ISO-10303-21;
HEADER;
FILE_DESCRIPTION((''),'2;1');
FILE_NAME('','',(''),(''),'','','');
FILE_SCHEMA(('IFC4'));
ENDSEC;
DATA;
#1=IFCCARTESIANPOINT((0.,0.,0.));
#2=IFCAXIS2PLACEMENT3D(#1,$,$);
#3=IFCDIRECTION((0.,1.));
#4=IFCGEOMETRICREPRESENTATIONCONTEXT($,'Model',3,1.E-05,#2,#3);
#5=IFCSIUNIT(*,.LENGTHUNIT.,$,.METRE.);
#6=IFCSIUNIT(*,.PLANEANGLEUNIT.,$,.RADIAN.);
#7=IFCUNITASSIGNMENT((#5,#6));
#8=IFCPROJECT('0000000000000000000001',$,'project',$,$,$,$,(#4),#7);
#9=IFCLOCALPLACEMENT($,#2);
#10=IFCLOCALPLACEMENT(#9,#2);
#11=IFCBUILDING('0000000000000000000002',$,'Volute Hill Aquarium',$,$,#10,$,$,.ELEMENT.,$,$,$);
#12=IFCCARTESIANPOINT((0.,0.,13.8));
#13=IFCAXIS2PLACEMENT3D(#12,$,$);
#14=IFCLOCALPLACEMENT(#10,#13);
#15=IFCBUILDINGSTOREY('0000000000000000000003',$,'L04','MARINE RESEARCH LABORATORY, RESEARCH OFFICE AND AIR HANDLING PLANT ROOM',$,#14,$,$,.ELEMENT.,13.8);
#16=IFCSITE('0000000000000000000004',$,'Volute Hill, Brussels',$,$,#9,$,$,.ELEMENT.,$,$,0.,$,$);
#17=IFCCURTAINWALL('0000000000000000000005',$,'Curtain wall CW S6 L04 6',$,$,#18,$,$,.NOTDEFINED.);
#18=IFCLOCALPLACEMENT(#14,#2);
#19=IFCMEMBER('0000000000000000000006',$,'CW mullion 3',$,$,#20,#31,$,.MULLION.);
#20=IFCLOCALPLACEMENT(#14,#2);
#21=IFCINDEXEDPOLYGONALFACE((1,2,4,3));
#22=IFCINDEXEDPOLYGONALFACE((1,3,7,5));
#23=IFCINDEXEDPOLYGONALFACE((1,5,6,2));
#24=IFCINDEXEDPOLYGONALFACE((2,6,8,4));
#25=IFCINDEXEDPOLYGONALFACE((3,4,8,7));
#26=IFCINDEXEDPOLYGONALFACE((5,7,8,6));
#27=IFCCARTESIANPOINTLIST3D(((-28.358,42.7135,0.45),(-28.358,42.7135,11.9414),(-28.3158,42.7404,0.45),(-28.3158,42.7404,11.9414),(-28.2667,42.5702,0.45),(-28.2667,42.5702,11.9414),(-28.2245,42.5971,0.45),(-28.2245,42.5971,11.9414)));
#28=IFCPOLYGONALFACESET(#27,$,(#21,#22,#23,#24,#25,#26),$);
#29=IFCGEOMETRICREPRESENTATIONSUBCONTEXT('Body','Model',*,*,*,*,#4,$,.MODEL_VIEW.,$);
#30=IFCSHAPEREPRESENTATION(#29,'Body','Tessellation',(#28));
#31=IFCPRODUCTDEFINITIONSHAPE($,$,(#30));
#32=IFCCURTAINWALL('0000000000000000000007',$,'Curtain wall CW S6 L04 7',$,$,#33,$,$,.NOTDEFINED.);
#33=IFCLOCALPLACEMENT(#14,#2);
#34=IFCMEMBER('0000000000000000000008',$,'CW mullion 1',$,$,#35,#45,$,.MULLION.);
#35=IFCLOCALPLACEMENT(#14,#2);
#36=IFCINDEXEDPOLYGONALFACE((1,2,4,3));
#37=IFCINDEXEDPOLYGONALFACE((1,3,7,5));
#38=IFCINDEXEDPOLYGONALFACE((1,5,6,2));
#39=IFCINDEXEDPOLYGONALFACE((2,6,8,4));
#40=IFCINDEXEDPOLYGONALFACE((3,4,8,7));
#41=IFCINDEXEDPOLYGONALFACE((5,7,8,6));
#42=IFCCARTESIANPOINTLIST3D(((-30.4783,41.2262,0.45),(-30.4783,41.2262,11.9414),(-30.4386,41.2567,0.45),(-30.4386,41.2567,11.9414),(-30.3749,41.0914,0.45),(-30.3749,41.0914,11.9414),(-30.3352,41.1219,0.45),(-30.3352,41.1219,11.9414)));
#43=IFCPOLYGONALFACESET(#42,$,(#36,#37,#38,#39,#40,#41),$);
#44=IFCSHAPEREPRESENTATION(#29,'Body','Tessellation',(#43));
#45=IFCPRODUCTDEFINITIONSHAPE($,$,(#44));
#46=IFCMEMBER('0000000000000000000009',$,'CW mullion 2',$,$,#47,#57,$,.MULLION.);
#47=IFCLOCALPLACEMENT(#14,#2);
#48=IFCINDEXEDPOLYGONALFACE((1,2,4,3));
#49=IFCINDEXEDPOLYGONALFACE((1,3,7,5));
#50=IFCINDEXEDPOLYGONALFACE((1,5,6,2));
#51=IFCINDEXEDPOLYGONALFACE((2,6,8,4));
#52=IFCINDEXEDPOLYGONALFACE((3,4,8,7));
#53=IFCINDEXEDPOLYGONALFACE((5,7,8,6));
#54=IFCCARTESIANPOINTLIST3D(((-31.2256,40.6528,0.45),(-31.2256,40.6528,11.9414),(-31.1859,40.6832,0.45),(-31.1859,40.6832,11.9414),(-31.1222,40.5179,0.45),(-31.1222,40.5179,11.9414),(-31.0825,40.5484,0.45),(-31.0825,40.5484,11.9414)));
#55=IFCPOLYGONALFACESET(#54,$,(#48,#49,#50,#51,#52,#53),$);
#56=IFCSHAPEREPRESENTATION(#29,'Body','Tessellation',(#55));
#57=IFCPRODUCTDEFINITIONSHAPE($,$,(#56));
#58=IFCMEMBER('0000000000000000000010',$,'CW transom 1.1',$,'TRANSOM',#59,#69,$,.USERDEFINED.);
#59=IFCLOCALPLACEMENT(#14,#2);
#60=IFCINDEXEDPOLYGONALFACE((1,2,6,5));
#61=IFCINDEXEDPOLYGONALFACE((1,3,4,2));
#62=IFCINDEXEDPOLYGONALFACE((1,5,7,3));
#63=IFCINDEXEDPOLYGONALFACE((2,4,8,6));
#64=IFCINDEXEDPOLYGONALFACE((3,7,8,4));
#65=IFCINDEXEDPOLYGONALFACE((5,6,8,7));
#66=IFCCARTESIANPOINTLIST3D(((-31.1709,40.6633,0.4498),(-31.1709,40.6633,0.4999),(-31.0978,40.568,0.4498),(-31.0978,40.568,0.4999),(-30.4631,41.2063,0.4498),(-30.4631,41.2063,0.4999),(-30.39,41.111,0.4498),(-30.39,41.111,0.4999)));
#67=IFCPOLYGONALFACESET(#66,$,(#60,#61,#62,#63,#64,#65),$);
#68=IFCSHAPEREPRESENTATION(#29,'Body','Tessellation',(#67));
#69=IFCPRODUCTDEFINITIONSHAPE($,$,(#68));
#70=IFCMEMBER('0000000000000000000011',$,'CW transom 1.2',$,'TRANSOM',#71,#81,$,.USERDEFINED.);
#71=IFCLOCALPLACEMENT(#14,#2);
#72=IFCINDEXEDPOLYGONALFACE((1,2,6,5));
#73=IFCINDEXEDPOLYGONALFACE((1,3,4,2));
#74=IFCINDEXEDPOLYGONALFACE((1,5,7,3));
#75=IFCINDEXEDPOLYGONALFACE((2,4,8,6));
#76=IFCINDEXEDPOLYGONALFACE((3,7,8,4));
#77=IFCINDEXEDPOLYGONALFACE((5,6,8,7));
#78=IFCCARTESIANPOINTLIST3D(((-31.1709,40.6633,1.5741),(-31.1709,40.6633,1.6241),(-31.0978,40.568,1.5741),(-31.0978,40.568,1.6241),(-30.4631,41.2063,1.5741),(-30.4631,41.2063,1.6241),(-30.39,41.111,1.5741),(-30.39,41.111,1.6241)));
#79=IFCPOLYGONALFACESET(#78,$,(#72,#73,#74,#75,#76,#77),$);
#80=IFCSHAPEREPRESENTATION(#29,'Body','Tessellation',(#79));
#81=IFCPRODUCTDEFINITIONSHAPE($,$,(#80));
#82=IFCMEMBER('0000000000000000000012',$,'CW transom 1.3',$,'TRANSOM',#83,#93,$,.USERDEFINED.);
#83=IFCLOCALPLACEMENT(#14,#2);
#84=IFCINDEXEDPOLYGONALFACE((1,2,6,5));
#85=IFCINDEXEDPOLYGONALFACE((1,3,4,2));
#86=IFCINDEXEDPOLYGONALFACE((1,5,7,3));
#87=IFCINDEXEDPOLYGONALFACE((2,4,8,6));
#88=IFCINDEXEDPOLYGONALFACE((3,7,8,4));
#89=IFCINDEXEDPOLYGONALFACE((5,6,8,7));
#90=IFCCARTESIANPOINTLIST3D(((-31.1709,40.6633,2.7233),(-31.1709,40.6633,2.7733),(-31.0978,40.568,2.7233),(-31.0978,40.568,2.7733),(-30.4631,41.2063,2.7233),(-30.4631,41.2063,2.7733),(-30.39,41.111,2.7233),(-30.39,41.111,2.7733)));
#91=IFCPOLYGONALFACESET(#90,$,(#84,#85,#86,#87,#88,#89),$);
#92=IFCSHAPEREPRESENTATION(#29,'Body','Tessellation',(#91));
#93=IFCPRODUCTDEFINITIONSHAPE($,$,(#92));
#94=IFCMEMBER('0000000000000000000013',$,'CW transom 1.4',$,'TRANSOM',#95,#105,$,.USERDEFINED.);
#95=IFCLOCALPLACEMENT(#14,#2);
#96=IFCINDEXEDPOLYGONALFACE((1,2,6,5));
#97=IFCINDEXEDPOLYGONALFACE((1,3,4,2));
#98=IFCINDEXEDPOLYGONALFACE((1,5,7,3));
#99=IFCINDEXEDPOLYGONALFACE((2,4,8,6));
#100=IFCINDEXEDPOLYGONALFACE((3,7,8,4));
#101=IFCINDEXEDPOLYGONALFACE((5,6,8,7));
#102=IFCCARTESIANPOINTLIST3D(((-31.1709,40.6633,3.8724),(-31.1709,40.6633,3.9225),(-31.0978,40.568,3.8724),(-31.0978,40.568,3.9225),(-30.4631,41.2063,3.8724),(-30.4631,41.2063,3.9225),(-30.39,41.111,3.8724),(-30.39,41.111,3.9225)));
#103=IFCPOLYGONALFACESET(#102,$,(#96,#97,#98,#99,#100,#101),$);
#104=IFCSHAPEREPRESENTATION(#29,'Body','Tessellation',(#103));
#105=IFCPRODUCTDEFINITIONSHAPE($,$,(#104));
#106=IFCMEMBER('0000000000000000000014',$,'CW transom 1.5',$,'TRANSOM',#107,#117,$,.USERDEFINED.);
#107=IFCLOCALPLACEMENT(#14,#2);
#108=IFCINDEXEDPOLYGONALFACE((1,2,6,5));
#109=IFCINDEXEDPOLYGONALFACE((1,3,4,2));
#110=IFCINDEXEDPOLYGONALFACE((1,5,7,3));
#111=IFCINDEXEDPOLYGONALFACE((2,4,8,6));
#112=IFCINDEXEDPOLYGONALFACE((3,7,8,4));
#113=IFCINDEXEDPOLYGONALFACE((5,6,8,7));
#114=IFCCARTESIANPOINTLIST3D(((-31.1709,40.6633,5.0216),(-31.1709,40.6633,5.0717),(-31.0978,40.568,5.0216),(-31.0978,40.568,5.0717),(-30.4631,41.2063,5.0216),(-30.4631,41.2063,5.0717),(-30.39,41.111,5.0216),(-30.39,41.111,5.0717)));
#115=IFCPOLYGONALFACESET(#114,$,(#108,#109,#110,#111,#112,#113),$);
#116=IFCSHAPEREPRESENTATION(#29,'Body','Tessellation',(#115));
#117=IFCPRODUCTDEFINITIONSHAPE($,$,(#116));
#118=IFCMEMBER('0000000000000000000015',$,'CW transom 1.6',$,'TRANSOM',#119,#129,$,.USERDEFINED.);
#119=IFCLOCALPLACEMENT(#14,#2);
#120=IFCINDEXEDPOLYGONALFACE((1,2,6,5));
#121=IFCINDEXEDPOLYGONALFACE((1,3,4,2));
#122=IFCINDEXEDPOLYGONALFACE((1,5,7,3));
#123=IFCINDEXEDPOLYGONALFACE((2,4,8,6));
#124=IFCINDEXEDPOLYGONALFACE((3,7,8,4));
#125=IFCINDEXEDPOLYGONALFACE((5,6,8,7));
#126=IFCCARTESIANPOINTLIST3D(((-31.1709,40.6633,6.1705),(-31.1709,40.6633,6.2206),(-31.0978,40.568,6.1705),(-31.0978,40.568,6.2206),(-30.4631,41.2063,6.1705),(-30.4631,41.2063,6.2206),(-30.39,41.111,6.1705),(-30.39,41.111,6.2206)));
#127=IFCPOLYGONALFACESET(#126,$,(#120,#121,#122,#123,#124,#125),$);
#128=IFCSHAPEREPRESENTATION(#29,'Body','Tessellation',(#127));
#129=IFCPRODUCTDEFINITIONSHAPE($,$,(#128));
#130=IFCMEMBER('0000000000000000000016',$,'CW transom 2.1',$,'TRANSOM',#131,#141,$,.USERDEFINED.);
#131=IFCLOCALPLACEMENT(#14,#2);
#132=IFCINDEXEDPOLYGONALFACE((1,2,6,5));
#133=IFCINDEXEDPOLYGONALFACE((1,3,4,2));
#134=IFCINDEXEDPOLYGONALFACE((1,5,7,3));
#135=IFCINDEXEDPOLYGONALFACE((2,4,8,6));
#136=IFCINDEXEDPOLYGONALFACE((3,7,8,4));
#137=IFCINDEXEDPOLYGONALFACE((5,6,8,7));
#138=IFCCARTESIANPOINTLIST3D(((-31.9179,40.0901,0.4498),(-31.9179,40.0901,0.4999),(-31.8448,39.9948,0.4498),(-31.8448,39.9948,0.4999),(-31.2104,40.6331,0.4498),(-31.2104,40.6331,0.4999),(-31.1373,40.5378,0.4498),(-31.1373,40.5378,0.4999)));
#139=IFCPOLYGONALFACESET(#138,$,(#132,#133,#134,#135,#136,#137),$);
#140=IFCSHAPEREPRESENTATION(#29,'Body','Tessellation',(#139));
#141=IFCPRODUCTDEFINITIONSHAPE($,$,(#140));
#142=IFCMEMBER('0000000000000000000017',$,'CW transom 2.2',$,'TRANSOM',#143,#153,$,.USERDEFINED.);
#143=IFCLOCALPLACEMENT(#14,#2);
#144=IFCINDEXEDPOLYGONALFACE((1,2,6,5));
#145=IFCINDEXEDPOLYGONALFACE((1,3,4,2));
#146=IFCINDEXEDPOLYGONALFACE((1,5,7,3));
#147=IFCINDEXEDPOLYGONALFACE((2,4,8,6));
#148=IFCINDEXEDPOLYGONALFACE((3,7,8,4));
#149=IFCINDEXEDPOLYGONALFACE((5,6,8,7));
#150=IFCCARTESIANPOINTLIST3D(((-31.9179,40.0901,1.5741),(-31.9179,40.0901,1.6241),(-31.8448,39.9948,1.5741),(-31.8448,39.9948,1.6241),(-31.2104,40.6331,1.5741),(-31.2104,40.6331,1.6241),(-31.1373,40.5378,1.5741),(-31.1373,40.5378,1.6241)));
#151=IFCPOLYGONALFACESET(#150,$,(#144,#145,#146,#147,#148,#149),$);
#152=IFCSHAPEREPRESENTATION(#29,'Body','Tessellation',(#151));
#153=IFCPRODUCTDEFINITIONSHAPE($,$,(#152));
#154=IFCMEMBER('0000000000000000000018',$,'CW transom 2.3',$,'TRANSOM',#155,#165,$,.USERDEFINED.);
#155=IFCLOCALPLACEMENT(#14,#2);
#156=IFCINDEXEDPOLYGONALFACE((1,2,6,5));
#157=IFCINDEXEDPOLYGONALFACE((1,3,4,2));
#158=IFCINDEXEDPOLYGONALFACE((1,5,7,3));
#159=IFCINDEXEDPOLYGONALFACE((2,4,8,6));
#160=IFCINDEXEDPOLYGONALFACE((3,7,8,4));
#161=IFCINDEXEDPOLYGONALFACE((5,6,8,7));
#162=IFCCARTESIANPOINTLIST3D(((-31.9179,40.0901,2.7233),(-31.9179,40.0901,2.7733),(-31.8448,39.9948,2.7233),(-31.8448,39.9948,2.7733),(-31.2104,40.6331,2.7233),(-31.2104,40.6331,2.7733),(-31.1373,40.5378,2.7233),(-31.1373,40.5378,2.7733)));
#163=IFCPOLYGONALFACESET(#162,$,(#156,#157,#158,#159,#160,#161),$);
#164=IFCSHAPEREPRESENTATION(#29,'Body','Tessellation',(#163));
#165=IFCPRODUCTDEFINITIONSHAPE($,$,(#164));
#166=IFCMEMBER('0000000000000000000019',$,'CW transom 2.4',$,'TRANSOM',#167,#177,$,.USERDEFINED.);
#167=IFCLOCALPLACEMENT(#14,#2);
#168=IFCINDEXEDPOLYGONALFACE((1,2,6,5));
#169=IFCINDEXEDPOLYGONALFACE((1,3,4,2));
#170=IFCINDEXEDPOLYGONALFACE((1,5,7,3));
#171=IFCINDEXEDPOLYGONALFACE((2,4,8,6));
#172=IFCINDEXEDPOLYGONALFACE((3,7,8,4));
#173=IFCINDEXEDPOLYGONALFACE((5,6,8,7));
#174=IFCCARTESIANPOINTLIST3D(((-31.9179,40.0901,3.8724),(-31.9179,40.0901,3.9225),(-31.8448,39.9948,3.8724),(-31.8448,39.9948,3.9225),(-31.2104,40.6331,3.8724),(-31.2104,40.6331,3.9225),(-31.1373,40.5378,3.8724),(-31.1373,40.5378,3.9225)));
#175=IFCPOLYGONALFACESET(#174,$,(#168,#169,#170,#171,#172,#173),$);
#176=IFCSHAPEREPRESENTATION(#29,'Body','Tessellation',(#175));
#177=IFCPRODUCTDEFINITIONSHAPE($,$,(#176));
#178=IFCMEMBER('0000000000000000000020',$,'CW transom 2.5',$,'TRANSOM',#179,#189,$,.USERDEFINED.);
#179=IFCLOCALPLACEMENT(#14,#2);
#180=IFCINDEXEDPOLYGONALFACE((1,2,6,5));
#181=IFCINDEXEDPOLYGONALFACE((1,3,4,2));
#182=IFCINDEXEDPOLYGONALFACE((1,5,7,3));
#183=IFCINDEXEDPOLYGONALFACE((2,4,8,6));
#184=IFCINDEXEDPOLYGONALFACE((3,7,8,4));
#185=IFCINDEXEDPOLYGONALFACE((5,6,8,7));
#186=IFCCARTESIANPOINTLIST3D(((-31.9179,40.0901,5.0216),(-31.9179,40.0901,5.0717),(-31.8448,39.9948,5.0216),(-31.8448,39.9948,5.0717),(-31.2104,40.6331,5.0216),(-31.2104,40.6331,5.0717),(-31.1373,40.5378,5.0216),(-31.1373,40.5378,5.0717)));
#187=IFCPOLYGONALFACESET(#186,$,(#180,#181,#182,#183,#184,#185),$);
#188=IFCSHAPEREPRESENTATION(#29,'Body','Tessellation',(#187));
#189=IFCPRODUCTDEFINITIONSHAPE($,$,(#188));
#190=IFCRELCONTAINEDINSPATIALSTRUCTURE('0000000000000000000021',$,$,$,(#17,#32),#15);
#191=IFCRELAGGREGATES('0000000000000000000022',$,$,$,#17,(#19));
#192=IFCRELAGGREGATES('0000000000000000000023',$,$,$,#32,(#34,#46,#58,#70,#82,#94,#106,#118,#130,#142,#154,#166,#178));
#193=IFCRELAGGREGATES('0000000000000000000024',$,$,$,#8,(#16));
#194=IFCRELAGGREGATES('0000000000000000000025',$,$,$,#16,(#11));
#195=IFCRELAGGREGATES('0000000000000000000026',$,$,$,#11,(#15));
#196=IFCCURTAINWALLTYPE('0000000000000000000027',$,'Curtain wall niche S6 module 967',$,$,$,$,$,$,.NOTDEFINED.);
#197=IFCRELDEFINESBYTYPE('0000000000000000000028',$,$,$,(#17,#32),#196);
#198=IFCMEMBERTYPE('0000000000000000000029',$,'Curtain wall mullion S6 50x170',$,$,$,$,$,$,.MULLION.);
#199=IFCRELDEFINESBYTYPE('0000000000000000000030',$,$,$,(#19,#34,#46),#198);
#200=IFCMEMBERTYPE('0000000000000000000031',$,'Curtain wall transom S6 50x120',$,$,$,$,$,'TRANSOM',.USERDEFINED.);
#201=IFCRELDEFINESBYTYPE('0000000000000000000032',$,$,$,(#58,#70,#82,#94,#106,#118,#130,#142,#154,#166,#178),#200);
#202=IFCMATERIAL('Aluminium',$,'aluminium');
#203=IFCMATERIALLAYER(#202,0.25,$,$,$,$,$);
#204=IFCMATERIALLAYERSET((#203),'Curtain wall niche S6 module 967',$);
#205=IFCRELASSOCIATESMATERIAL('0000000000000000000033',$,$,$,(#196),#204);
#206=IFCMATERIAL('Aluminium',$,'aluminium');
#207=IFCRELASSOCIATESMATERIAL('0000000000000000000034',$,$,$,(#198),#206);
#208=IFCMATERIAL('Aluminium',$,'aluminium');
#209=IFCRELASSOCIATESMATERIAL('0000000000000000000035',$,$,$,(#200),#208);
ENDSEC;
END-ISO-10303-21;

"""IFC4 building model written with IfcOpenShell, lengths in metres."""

from ifc_helpers import new_model, si_unit, direction, frame, origin, origin_2d, place, context, subcontext, project, spatial, rectangle, extrude, material, layer, layer_set, material_profile, profile_set, type_object, element, aggregate, save


model = new_model("IFC4")

# Units and contexts
model_context = context("Model", 3, precision=1e-05, world=origin(), true_north=direction((0.0, 1.0)))
body_context = subcontext(model_context, "Body", "Model", "MODEL_VIEW")
ifc_project = project(units=[si_unit("LENGTHUNIT", "METRE"), si_unit("PLANEANGLEUNIT", "RADIAN")], contexts=[model_context])

# Site, building, storey
site_placement = place(None, origin())
site = spatial("IfcSite", under=ifc_project, at=site_placement, Name="Volute Hill, Brussels", CompositionType="ELEMENT", RefElevation=0.0)
building_placement = place(site_placement, origin())
building = spatial("IfcBuilding", under=site, at=building_placement, Name="Volute Hill Aquarium", CompositionType="ELEMENT")
storey_placement = place(building_placement, frame((0.0, 0.0, 13.8)))
storey = spatial("IfcBuildingStorey", under=building, at=storey_placement, Name="L04", Description="MARINE RESEARCH LABORATORY, RESEARCH OFFICE AND AIR HANDLING PLANT ROOM", CompositionType="ELEMENT", Elevation=13.8)

# Curtain wall, member
ifc_material_1 = material(Name="Aluminium", Category="aluminium")
ifc_layer_1 = layer(ifc_material_1, 0.25)
ifc_layer_set_1 = layer_set([ifc_layer_1], Name="Curtain wall niche S6 module 967")
curtain_wall_type = type_object("IfcCurtainWallType", Name="Curtain wall niche S6 module 967", PredefinedType="NOTDEFINED", material=ifc_layer_set_1)
curtain_wall_1_placement = place(storey_placement, origin())
curtain_wall_1 = element("IfcCurtainWall", 1, at=curtain_wall_1_placement, inside=storey, type_object=curtain_wall_type, Name="Curtain wall CW S6 L04 6", PredefinedType="NOTDEFINED")
ifc_material_2 = material(Name="Aluminium", Category="aluminium")
ifc_material_profile_1 = material_profile(ifc_material_2, rectangle(XDim=0.1699, YDim=0.05, at=origin_2d()), Name="Curtain wall mullion S6 50x170")
ifc_profile_set_1 = profile_set([ifc_material_profile_1], Name="Aluminium")
member_type_1 = type_object("IfcMemberType", Name="Curtain wall mullion S6 50x170", PredefinedType="MULLION", material=ifc_profile_set_1)
member_1_placement = place(storey_placement, frame((-28.2913, 42.6553, 0.45), z_axis=(0.0, 0.0, 1.0), x_axis=(0.537295, -0.843395, 0.0)))
member_1 = element("IfcMember", 2, at=member_1_placement, type_object=member_type_1, Name="CW mullion 3", PredefinedType="MULLION", context=body_context, shape_type="SweptSolid", body=[
    extrude(rectangle(XDim=0.1699, YDim=0.05, at=origin_2d()), origin(), (0.0, 0.0, 1.0), 11.4915),
])

# Curtain wall, members
curtain_wall_2_placement = place(storey_placement, origin())
curtain_wall_2 = element("IfcCurtainWall", 3, at=curtain_wall_2_placement, inside=storey, type_object=curtain_wall_type, Name="Curtain wall CW S6 L04 7", PredefinedType="NOTDEFINED")
member_2_placement = place(storey_placement, frame((-30.4067, 41.1741, 0.45), z_axis=(0.0, 0.0, 1.0), x_axis=(0.608769, -0.793348, 0.0)))
member_2 = element("IfcMember", 4, at=member_2_placement, type_object=member_type_1, Name="CW mullion 1", PredefinedType="MULLION", context=body_context, shape_type="SweptSolid", body=[
    extrude(rectangle(XDim=0.1699, YDim=0.05, at=origin_2d()), origin(), (0.0, 0.0, 1.0), 11.4915),
])
member_3_placement = place(storey_placement, frame((-31.1541, 40.6006, 0.45), z_axis=(0.0, 0.0, 1.0), x_axis=(0.608769, -0.793348, 0.0)))
member_3 = element("IfcMember", 5, at=member_3_placement, type_object=member_type_1, Name="CW mullion 2", PredefinedType="MULLION", context=body_context, shape_type="SweptSolid", body=[
    extrude(rectangle(XDim=0.1699, YDim=0.05, at=origin_2d()), origin(), (0.0, 0.0, 1.0), 11.4915),
])
ifc_material_3 = material(Name="Aluminium", Category="aluminium")
ifc_material_profile_2 = material_profile(ifc_material_3, rectangle(XDim=0.1201, YDim=0.05, at=origin_2d()), Name="Curtain wall transom S6 50x120")
ifc_profile_set_2 = profile_set([ifc_material_profile_2], Name="Aluminium")
member_type_2 = type_object("IfcMemberType", Name="Curtain wall transom S6 50x120", ElementType="TRANSOM", PredefinedType="USERDEFINED", material=ifc_profile_set_2)
member_4_placement = place(storey_placement, frame((-30.4265, 41.1587, 0.4749), z_axis=(-0.793417, -0.608679, 0.0), x_axis=(0.608679, -0.793417, 0.0)))
member_4 = element("IfcMember", 6, at=member_4_placement, type_object=member_type_2, Name="CW transom 1.1", ObjectType="TRANSOM", PredefinedType="USERDEFINED", context=body_context, shape_type="SweptSolid", body=[
    extrude(rectangle(XDim=0.1201, YDim=0.05, at=origin_2d()), origin(), (0.0, 0.0, 1.0), 0.8921),
])
member_5_placement = place(storey_placement, frame((-30.4265, 41.1587, 1.5991), z_axis=(-0.793417, -0.608679, 0.0), x_axis=(0.608679, -0.793417, 0.0)))
member_5 = element("IfcMember", 7, at=member_5_placement, type_object=member_type_2, Name="CW transom 1.2", ObjectType="TRANSOM", PredefinedType="USERDEFINED", context=body_context, shape_type="SweptSolid", body=[
    extrude(rectangle(XDim=0.1201, YDim=0.05, at=origin_2d()), origin(), (0.0, 0.0, 1.0), 0.8921),
])
member_6_placement = place(storey_placement, frame((-30.4265, 41.1587, 2.7483), z_axis=(-0.793417, -0.608679, 0.0), x_axis=(0.608679, -0.793417, 0.0)))
member_6 = element("IfcMember", 8, at=member_6_placement, type_object=member_type_2, Name="CW transom 1.3", ObjectType="TRANSOM", PredefinedType="USERDEFINED", context=body_context, shape_type="SweptSolid", body=[
    extrude(rectangle(XDim=0.1201, YDim=0.05, at=origin_2d()), origin(), (0.0, 0.0, 1.0), 0.8921),
])
member_7_placement = place(storey_placement, frame((-30.4265, 41.1587, 3.8975), z_axis=(-0.793417, -0.608679, 0.0), x_axis=(0.608679, -0.793417, 0.0)))
member_7 = element("IfcMember", 9, at=member_7_placement, type_object=member_type_2, Name="CW transom 1.4", ObjectType="TRANSOM", PredefinedType="USERDEFINED", context=body_context, shape_type="SweptSolid", body=[
    extrude(rectangle(XDim=0.1201, YDim=0.05, at=origin_2d()), origin(), (0.0, 0.0, 1.0), 0.8921),
])
member_8_placement = place(storey_placement, frame((-30.4265, 41.1587, 5.0466), z_axis=(-0.793417, -0.608679, 0.0), x_axis=(0.608679, -0.793417, 0.0)))
member_8 = element("IfcMember", 10, at=member_8_placement, type_object=member_type_2, Name="CW transom 1.5", ObjectType="TRANSOM", PredefinedType="USERDEFINED", context=body_context, shape_type="SweptSolid", body=[
    extrude(rectangle(XDim=0.1201, YDim=0.05, at=origin_2d()), origin(), (0.0, 0.0, 1.0), 0.8921),
])
member_9_placement = place(storey_placement, frame((-30.4265, 41.1587, 6.1956), z_axis=(-0.793417, -0.608679, 0.0), x_axis=(0.608679, -0.793417, 0.0)))
member_9 = element("IfcMember", 11, at=member_9_placement, type_object=member_type_2, Name="CW transom 1.6", ObjectType="TRANSOM", PredefinedType="USERDEFINED", context=body_context, shape_type="SweptSolid", body=[
    extrude(rectangle(XDim=0.1201, YDim=0.05, at=origin_2d()), origin(), (0.0, 0.0, 1.0), 0.8921),
])
member_10_placement = place(storey_placement, frame((-31.1738, 40.5854, 0.4749), z_axis=(-0.793315, -0.608811, 0.0), x_axis=(0.608811, -0.793315, 0.0)))
member_10 = element("IfcMember", 12, at=member_10_placement, type_object=member_type_2, Name="CW transom 2.1", ObjectType="TRANSOM", PredefinedType="USERDEFINED", context=body_context, shape_type="SweptSolid", body=[
    extrude(rectangle(XDim=0.1201, YDim=0.05, at=origin_2d()), origin(), (0.0, 0.0, 1.0), 0.8918),
])
member_11_placement = place(storey_placement, frame((-31.1738, 40.5854, 1.5991), z_axis=(-0.793315, -0.608811, 0.0), x_axis=(0.608811, -0.793315, 0.0)))
member_11 = element("IfcMember", 13, at=member_11_placement, type_object=member_type_2, Name="CW transom 2.2", ObjectType="TRANSOM", PredefinedType="USERDEFINED", context=body_context, shape_type="SweptSolid", body=[
    extrude(rectangle(XDim=0.1201, YDim=0.05, at=origin_2d()), origin(), (0.0, 0.0, 1.0), 0.8918),
])
member_12_placement = place(storey_placement, frame((-31.1738, 40.5854, 2.7483), z_axis=(-0.793315, -0.608811, 0.0), x_axis=(0.608811, -0.793315, 0.0)))
member_12 = element("IfcMember", 14, at=member_12_placement, type_object=member_type_2, Name="CW transom 2.3", ObjectType="TRANSOM", PredefinedType="USERDEFINED", context=body_context, shape_type="SweptSolid", body=[
    extrude(rectangle(XDim=0.1201, YDim=0.05, at=origin_2d()), origin(), (0.0, 0.0, 1.0), 0.8918),
])
member_13_placement = place(storey_placement, frame((-31.1738, 40.5854, 3.8975), z_axis=(-0.793315, -0.608811, 0.0), x_axis=(0.608811, -0.793315, 0.0)))
member_13 = element("IfcMember", 15, at=member_13_placement, type_object=member_type_2, Name="CW transom 2.4", ObjectType="TRANSOM", PredefinedType="USERDEFINED", context=body_context, shape_type="SweptSolid", body=[
    extrude(rectangle(XDim=0.1201, YDim=0.05, at=origin_2d()), origin(), (0.0, 0.0, 1.0), 0.8918),
])
member_14_placement = place(storey_placement, frame((-31.1738, 40.5854, 5.0466), z_axis=(-0.793315, -0.608811, 0.0), x_axis=(0.608811, -0.793315, 0.0)))
member_14 = element("IfcMember", 16, at=member_14_placement, type_object=member_type_2, Name="CW transom 2.5", ObjectType="TRANSOM", PredefinedType="USERDEFINED", context=body_context, shape_type="SweptSolid", body=[
    extrude(rectangle(XDim=0.1201, YDim=0.05, at=origin_2d()), origin(), (0.0, 0.0, 1.0), 0.8918),
])

aggregate(curtain_wall_1, [member_1])
aggregate(curtain_wall_2, [member_2, member_3, member_4, member_5, member_6, member_7, member_8, member_9, member_10, member_11, member_12, member_13, member_14])

save(model, "model.ifc")
